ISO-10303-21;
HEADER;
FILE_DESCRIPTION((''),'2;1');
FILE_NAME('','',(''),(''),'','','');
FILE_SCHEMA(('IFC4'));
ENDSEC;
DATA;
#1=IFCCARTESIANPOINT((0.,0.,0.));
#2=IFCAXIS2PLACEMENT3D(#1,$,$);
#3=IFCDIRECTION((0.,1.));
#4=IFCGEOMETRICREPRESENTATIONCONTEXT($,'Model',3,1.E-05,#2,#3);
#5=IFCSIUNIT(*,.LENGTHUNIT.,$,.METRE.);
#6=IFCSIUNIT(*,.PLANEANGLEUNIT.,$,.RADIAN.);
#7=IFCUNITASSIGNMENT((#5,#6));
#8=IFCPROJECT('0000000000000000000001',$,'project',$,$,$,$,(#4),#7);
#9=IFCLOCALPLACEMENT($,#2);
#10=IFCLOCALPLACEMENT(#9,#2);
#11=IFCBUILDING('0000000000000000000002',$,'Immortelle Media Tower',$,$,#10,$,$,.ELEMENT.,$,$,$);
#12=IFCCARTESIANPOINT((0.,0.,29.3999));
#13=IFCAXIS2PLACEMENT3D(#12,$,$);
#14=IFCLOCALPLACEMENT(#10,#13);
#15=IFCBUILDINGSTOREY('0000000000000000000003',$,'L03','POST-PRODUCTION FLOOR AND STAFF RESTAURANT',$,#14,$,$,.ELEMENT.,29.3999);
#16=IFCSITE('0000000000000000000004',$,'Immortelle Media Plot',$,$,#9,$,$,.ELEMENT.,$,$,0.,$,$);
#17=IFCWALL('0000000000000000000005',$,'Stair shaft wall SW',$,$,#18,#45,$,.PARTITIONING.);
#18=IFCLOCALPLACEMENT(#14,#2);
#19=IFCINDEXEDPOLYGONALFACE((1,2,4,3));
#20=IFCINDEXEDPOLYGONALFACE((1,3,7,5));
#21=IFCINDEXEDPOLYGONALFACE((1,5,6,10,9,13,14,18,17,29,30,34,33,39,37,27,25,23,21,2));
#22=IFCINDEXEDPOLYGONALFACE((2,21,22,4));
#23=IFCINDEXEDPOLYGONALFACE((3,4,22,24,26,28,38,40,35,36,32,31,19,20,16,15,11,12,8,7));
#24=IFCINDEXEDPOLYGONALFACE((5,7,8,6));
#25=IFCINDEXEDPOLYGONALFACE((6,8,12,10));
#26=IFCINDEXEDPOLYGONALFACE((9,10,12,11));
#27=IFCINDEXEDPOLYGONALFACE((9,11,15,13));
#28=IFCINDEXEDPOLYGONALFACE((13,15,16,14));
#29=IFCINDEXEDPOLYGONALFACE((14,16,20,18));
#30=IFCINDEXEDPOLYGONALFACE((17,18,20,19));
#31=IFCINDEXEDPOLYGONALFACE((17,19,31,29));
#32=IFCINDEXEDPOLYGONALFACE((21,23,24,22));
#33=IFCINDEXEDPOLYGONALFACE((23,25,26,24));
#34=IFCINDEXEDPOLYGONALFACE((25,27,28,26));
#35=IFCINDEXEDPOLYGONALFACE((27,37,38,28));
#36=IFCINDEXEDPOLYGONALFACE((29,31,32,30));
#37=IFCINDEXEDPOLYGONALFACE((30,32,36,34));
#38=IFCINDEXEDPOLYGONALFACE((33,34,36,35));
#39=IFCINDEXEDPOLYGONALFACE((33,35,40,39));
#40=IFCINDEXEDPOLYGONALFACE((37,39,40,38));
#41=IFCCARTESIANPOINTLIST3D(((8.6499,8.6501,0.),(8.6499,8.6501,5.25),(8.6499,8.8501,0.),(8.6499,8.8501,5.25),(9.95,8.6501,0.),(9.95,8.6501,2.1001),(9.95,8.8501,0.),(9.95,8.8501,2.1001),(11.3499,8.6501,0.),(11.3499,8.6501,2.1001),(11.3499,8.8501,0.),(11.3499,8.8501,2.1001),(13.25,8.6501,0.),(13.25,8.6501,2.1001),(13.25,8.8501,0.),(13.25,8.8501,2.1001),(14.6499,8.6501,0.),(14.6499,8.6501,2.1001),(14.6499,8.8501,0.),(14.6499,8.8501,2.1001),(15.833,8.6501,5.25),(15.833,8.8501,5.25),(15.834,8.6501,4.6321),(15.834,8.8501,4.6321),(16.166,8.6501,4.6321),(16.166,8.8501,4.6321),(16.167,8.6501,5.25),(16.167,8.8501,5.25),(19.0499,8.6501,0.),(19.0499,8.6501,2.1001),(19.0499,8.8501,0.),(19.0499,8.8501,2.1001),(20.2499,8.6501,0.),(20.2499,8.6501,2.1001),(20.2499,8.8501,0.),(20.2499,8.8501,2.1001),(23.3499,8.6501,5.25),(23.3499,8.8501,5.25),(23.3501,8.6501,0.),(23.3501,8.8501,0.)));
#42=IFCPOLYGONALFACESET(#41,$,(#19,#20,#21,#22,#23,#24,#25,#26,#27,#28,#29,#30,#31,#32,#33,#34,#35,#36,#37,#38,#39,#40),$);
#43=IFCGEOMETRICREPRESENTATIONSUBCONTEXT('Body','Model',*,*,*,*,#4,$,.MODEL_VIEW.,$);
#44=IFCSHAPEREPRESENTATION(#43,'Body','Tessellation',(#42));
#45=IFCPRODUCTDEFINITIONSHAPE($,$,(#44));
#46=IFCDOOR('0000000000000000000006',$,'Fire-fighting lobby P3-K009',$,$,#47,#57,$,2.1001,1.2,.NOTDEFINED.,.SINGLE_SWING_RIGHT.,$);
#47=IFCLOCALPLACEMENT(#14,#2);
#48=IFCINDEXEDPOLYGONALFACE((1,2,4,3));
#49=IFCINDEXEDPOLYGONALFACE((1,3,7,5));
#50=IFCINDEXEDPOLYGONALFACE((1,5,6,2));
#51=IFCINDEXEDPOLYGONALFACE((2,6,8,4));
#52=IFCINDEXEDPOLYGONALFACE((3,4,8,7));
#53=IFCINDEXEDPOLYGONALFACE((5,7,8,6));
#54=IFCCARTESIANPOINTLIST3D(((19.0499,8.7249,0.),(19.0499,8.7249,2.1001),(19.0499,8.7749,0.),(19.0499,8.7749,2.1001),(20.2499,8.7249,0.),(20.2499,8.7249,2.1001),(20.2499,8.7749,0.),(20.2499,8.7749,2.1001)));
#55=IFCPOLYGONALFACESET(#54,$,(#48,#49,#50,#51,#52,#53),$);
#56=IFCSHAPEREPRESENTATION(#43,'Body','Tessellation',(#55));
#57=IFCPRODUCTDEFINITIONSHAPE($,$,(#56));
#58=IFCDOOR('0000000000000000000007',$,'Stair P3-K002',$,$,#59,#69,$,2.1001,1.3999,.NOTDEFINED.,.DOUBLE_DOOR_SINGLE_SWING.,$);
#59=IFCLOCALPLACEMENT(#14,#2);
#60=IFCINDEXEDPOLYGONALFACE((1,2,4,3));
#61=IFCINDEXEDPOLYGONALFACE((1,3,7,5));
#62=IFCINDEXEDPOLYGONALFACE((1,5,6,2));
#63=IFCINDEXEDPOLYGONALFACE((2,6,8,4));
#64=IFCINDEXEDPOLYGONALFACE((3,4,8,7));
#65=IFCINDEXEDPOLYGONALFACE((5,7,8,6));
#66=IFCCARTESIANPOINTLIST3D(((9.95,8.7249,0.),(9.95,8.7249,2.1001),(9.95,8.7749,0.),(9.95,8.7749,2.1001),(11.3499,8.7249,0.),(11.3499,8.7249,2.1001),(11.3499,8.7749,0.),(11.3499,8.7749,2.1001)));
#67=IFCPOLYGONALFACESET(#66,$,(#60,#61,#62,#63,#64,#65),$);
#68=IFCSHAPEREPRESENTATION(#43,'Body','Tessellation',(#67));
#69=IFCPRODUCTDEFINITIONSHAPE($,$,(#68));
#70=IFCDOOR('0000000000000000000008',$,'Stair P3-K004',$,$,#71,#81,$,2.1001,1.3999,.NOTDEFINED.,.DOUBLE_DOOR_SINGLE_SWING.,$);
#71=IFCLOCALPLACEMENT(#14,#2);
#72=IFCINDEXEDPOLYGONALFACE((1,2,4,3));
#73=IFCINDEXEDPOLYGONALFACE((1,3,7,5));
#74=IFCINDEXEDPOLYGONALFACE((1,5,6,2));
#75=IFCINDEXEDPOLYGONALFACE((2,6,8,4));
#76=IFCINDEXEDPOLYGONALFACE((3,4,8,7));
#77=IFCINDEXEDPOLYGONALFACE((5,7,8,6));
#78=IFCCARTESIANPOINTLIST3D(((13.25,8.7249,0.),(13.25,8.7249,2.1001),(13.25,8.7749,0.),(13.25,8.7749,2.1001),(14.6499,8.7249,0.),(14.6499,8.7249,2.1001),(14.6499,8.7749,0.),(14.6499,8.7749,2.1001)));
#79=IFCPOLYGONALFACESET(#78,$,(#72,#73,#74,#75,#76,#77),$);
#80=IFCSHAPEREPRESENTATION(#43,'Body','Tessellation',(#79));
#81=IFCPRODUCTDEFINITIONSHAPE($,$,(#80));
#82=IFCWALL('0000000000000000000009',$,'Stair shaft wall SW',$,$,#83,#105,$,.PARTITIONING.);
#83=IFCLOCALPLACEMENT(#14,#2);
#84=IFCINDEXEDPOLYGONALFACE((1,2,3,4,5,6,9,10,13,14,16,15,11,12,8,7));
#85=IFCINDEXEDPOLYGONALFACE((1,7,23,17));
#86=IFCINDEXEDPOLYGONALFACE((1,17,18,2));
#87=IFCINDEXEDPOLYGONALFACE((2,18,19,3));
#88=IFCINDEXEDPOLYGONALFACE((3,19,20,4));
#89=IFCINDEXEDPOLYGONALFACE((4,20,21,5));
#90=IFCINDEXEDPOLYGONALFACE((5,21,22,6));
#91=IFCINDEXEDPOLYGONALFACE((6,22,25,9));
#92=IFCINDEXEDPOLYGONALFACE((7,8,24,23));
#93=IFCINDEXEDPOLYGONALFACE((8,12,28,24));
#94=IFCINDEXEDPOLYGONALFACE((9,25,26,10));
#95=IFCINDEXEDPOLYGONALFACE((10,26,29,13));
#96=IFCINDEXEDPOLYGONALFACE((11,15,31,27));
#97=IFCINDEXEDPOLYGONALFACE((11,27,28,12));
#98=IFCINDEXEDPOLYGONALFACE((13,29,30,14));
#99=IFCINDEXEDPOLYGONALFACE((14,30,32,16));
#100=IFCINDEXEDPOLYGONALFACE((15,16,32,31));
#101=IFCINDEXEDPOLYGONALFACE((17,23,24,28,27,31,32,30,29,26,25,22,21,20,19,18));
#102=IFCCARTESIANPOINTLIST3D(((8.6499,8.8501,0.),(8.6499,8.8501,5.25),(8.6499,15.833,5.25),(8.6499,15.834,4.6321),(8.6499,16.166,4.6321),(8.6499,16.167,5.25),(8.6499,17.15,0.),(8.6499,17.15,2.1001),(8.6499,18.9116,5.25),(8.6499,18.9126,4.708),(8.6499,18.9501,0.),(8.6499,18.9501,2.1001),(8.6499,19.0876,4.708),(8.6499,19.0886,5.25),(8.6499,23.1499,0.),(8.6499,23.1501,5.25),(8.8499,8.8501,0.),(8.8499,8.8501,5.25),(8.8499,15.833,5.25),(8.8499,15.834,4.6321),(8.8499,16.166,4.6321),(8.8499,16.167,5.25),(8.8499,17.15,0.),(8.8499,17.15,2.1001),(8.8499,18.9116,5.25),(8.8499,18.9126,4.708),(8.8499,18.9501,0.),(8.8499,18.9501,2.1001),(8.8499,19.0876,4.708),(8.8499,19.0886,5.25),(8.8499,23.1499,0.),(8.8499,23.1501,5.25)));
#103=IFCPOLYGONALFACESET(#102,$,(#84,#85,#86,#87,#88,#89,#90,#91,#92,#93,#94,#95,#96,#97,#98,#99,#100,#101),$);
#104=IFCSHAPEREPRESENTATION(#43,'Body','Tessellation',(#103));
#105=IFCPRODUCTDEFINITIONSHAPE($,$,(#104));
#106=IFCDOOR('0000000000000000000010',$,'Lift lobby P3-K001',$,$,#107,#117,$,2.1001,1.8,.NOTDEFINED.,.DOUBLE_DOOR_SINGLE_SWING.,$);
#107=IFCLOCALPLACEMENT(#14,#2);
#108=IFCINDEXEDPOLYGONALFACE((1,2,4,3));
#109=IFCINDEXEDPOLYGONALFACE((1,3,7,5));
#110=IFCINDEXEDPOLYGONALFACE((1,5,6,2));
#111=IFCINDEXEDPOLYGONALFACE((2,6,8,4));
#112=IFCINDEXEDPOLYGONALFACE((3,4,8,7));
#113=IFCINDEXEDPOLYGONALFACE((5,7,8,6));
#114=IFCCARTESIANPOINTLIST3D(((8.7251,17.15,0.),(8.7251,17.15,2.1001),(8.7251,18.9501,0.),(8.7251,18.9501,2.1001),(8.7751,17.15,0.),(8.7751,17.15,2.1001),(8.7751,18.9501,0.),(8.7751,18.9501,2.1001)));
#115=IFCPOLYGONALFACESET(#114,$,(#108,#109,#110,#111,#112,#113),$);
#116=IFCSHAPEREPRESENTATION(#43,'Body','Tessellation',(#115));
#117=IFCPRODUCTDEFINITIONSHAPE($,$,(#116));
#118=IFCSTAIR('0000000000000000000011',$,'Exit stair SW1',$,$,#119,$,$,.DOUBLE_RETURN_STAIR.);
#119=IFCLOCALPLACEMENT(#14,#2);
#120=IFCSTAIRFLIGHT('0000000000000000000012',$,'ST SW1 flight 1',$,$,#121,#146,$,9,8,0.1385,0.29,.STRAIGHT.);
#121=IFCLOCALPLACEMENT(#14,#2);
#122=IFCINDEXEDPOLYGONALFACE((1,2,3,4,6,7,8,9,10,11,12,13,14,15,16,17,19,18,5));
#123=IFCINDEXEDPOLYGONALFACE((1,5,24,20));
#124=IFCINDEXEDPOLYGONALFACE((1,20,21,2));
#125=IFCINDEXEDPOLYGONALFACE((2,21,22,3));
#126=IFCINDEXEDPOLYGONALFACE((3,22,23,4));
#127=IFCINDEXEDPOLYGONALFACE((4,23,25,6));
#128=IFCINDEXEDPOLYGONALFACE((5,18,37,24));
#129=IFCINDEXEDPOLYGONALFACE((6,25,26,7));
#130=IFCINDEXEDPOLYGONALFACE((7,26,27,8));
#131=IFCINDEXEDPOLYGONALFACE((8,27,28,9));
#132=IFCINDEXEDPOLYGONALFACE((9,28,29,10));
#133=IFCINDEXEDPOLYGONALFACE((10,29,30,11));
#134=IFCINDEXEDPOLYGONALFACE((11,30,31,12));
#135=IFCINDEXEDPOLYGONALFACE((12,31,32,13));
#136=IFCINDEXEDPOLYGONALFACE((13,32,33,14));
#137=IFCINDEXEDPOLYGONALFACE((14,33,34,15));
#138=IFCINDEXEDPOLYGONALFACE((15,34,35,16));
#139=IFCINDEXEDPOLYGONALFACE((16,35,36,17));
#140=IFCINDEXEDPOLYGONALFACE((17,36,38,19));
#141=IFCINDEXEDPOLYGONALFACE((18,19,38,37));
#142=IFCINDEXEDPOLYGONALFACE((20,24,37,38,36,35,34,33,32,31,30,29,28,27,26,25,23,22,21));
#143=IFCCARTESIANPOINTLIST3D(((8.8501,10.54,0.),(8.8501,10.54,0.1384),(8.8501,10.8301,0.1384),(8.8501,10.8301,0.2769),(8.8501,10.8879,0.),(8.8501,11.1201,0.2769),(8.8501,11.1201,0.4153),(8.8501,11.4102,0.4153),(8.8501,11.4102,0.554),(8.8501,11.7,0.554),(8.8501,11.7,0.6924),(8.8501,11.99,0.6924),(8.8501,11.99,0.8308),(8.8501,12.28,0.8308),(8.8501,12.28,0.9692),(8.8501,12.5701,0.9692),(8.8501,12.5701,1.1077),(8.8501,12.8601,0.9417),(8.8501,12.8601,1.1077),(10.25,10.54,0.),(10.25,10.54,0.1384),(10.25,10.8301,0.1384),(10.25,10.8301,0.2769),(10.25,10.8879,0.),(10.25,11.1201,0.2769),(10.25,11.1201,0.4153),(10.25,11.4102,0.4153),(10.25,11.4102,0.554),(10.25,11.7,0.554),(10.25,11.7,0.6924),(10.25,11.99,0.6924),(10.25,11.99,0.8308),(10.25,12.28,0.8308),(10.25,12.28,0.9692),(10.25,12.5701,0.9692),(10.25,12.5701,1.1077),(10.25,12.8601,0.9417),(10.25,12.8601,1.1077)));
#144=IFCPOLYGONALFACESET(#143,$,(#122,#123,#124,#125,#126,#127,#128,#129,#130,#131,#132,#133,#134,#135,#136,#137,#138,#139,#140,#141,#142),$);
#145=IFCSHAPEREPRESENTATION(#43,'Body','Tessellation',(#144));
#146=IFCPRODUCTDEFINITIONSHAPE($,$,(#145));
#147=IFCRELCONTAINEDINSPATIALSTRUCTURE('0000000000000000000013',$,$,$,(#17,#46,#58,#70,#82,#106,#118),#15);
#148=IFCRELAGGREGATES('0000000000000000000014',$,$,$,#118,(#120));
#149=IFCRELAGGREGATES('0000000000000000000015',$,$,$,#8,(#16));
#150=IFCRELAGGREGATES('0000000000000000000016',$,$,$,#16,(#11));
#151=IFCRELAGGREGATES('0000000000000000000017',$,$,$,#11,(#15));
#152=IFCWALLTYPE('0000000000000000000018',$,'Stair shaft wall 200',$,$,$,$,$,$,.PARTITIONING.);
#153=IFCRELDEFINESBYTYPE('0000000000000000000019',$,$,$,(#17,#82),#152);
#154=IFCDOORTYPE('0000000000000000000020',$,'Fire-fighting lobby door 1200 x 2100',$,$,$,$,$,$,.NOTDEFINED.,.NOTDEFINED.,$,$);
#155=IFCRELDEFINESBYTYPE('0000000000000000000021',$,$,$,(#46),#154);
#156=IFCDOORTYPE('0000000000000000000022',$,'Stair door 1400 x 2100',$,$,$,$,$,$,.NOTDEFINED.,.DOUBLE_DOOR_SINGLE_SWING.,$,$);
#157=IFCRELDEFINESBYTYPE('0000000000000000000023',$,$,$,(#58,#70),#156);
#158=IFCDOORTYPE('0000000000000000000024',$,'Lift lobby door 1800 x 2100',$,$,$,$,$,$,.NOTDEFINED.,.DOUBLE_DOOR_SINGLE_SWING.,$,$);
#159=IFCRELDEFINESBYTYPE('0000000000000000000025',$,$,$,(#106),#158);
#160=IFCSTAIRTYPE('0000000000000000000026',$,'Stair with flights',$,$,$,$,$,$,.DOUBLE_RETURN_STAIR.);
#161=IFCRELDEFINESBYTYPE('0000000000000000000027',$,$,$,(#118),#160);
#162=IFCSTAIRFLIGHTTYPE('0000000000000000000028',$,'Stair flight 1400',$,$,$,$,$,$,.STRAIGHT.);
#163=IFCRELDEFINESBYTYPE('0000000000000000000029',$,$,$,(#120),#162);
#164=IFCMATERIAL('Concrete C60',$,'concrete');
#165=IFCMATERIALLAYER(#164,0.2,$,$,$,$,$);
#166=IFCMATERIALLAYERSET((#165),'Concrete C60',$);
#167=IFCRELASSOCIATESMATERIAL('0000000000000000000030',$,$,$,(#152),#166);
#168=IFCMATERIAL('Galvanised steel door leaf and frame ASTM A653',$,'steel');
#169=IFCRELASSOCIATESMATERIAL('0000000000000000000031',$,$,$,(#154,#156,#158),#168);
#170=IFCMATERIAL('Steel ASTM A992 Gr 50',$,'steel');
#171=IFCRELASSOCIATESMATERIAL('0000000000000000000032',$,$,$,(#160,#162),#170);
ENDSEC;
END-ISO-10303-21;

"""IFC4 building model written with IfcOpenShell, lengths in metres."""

from ifc_helpers import new_model, si_unit, direction, frame, frame_2d, origin, place, context, subcontext, project, spatial, polyline, rectangle, outline, extrude, material, layer, layer_set, type_object, element, fill, aggregate, save


model = new_model("IFC4")

# Units and contexts
model_context = context("Model", 3, precision=1e-05, world=origin(), true_north=direction((0.0, 1.0)))
body_context = subcontext(model_context, "Body", "Model", "MODEL_VIEW")
ifc_project = project(units=[si_unit("LENGTHUNIT", "METRE"), si_unit("PLANEANGLEUNIT", "RADIAN")], contexts=[model_context])

# Site, building, storey
site_placement = place(None, origin())
site = spatial("IfcSite", under=ifc_project, at=site_placement, Name="Immortelle Media Plot", CompositionType="ELEMENT", RefElevation=0.0)
building_placement = place(site_placement, origin())
building = spatial("IfcBuilding", under=site, at=building_placement, Name="Immortelle Media Tower", CompositionType="ELEMENT")
storey_placement = place(building_placement, frame((0.0, 0.0, 29.3999)))
storey = spatial("IfcBuildingStorey", under=building, at=storey_placement, Name="L03", Description="POST-PRODUCTION FLOOR AND STAFF RESTAURANT", CompositionType="ELEMENT", Elevation=29.3999)

# Shared definitions
ifc_material_1 = material(Name="Steel ASTM A992 Gr 50", Category="steel")

# Wall, openings, doors
ifc_material_2 = material(Name="Concrete C60", Category="concrete")
ifc_layer_1 = layer(ifc_material_2, 0.2)
ifc_layer_set_1 = layer_set([ifc_layer_1], Name="Concrete C60")
wall_type_1 = type_object("IfcWallType", Name="Stair shaft wall 200", PredefinedType="PARTITIONING", material=ifc_layer_set_1)
wall_1_placement = place(storey_placement, frame((8.6499, 8.75, 0.0), z_axis=(0.0, 0.0, 1.0), x_axis=(1.0, 0.0, 0.0)))
wall_1 = element("IfcWall", 1, at=wall_1_placement, inside=storey, type_object=wall_type_1, Name="Stair shaft wall SW", PredefinedType="PARTITIONING", context=body_context, shape_type="SweptSolid", body=[
    extrude(outline(polyline([(0.0, 0.0), (14.7002, 0.0), (14.7, 5.25), (7.5171, 5.25), (7.5161, 4.6321), (7.1841, 4.6321), (7.1831, 5.25), (0.0, 5.25), (0.0, 0.0)])), frame((0.0, 0.1001, 0.0), z_axis=(0.0, -1.0, 0.0), x_axis=(1.0, 0.0, 0.0)), (0.0, 0.0, 1.0), 0.2),
])
opening_1_placement = place(wall_1_placement, frame((1.3, 0.0, 0.0)))
opening_1 = element("IfcOpeningElement", 2, at=opening_1_placement, cuts=wall_1, PredefinedType="OPENING", context=body_context, shape_type="SweptSolid", body=[
    extrude(rectangle(XDim=1.3999, YDim=2.1001, at=frame_2d((0.7, 1.05))), frame((0.0, 0.1099, 0.0), z_axis=(0.0, -1.0, 0.0), x_axis=(1.0, 0.0, 0.0)), (0.0, 0.0, 1.0), 0.22),
])
opening_2_placement = place(wall_1_placement, frame((4.6001, 0.0, 0.0)))
opening_2 = element("IfcOpeningElement", 3, at=opening_2_placement, cuts=wall_1, PredefinedType="OPENING", context=body_context, shape_type="SweptSolid", body=[
    extrude(rectangle(XDim=1.3999, YDim=2.1001, at=frame_2d((0.7, 1.05))), frame((0.0, 0.1099, 0.0), z_axis=(0.0, -1.0, 0.0), x_axis=(1.0, 0.0, 0.0)), (0.0, 0.0, 1.0), 0.22),
])
opening_3_placement = place(wall_1_placement, frame((10.3999, 0.0, 0.0)))
opening_3 = element("IfcOpeningElement", 4, at=opening_3_placement, cuts=wall_1, PredefinedType="OPENING", context=body_context, shape_type="SweptSolid", body=[
    extrude(rectangle(XDim=1.2, YDim=2.1001, at=frame_2d((0.6001, 1.05))), frame((0.0, 0.1099, 0.0), z_axis=(0.0, -1.0, 0.0), x_axis=(1.0, 0.0, 0.0)), (0.0, 0.0, 1.0), 0.22),
])
ifc_material_3 = material(Name="Galvanised steel door leaf and frame ASTM A653", Category="steel")
door_type_1 = type_object("IfcDoorType", Name="Fire-fighting lobby door 1200 x 2100", OperationType="NOTDEFINED", PredefinedType="NOTDEFINED", material=ifc_material_3)
door_1_placement = place(opening_3_placement, origin())
door_1 = element("IfcDoor", 5, at=door_1_placement, inside=storey, type_object=door_type_1, Name="Fire-fighting lobby P3-K009", OperationType="SINGLE_SWING_RIGHT", OverallHeight=2.1001, OverallWidth=1.2, PredefinedType="NOTDEFINED", context=body_context, shape_type="SweptSolid", body=[
    extrude(rectangle(XDim=1.2, YDim=2.1001, at=frame_2d((0.6001, 1.05))), frame((0.0, 0.0249, 0.0), z_axis=(0.0, -1.0, 0.0), x_axis=(1.0, 0.0, 0.0)), (0.0, 0.0, 1.0), 0.05),
])
fill(opening_3, door_1)
door_type_2 = type_object("IfcDoorType", Name="Stair door 1400 x 2100", OperationType="DOUBLE_DOOR_SINGLE_SWING", PredefinedType="NOTDEFINED", material=ifc_material_3)
door_2_placement = place(opening_1_placement, origin())
door_2 = element("IfcDoor", 6, at=door_2_placement, inside=storey, type_object=door_type_2, Name="Stair P3-K002", OperationType="DOUBLE_DOOR_SINGLE_SWING", OverallHeight=2.1001, OverallWidth=1.3999, PredefinedType="NOTDEFINED", context=body_context, shape_type="SweptSolid", body=[
    extrude(rectangle(XDim=1.3999, YDim=2.1001, at=frame_2d((0.7, 1.05))), frame((0.0, 0.0249, 0.0), z_axis=(0.0, -1.0, 0.0), x_axis=(1.0, 0.0, 0.0)), (0.0, 0.0, 1.0), 0.05),
])
fill(opening_1, door_2)
door_3_placement = place(opening_2_placement, origin())
door_3 = element("IfcDoor", 7, at=door_3_placement, inside=storey, type_object=door_type_2, Name="Stair P3-K004", OperationType="DOUBLE_DOOR_SINGLE_SWING", OverallHeight=2.1001, OverallWidth=1.3999, PredefinedType="NOTDEFINED", context=body_context, shape_type="SweptSolid", body=[
    extrude(rectangle(XDim=1.3999, YDim=2.1001, at=frame_2d((0.7, 1.05))), frame((0.0, 0.0249, 0.0), z_axis=(0.0, -1.0, 0.0), x_axis=(1.0, 0.0, 0.0)), (0.0, 0.0, 1.0), 0.05),
])
fill(opening_2, door_3)

# Wall, opening, door
wall_2_placement = place(storey_placement, frame((8.75, 8.8501, 0.0), z_axis=(0.0, 0.0, 1.0), x_axis=(0.0, 1.0, 0.0)))
wall_2 = element("IfcWall", 8, at=wall_2_placement, inside=storey, type_object=wall_type_1, Name="Stair shaft wall SW", PredefinedType="PARTITIONING", context=body_context, shape_type="SweptSolid", body=[
    extrude(outline(polyline([(0.0, 0.0), (14.2998, 0.0), (14.3, 5.25), (10.2385, 5.25), (10.2375, 4.708), (10.0625, 4.708), (10.0615, 5.25), (7.3169, 5.25), (7.3159, 4.6321), (6.9839, 4.6321), (6.9829, 5.25), (0.0, 5.25), (0.0, 0.0)])), frame((0.0, 0.1001, 0.0), z_axis=(0.0, -1.0, 0.0), x_axis=(1.0, 0.0, 0.0)), (0.0, 0.0, 1.0), 0.2),
])
opening_4_placement = place(wall_2_placement, frame((8.3, 0.0, 0.0)))
opening_4 = element("IfcOpeningElement", 9, at=opening_4_placement, cuts=wall_2, PredefinedType="OPENING", context=body_context, shape_type="SweptSolid", body=[
    extrude(rectangle(XDim=1.8, YDim=2.1001, at=frame_2d((0.8999, 1.05))), frame((0.0, 0.1099, 0.0), z_axis=(0.0, -1.0, 0.0), x_axis=(1.0, 0.0, 0.0)), (0.0, 0.0, 1.0), 0.22),
])
door_type_3 = type_object("IfcDoorType", Name="Lift lobby door 1800 x 2100", OperationType="DOUBLE_DOOR_SINGLE_SWING", PredefinedType="NOTDEFINED", material=ifc_material_3)
door_4_placement = place(opening_4_placement, origin())
door_4 = element("IfcDoor", 10, at=door_4_placement, inside=storey, type_object=door_type_3, Name="Lift lobby P3-K001", OperationType="DOUBLE_DOOR_SINGLE_SWING", OverallHeight=2.1001, OverallWidth=1.8, PredefinedType="NOTDEFINED", context=body_context, shape_type="SweptSolid", body=[
    extrude(rectangle(XDim=1.8, YDim=2.1001, at=frame_2d((0.8999, 1.05))), frame((0.0, 0.0249, 0.0), z_axis=(0.0, -1.0, 0.0), x_axis=(1.0, 0.0, 0.0)), (0.0, 0.0, 1.0), 0.05),
])
fill(opening_4, door_4)

# Stair, stair flight
stair_type = type_object("IfcStairType", Name="Stair with flights", PredefinedType="DOUBLE_RETURN_STAIR", material=ifc_material_1)
stair_placement = place(storey_placement, origin())
stair = element("IfcStair", 11, at=stair_placement, inside=storey, type_object=stair_type, Name="Exit stair SW1", PredefinedType="DOUBLE_RETURN_STAIR")
stair_flight_type = type_object("IfcStairFlightType", Name="Stair flight 1400", PredefinedType="STRAIGHT", material=ifc_material_1)
stair_flight_1_placement = place(storey_placement, frame((9.55, 10.54, 0.0), z_axis=(0.0, 0.0, 1.0), x_axis=(0.0, 1.0, 0.0)))
stair_flight_1 = element("IfcStairFlight", 12, at=stair_flight_1_placement, type_object=stair_flight_type, Name="ST SW1 flight 1", NumberOfRisers=9, NumberOfTreads=8, PredefinedType="STRAIGHT", RiserHeight=0.1385, TreadLength=0.29, context=body_context, shape_type="SweptSolid", body=[
    extrude(outline(polyline([(0.0, 0.0), (0.0, 0.1384), (0.29, 0.1384), (0.29, 0.2769), (0.5801, 0.2769), (0.5801, 0.4153), (0.8701, 0.4153), (0.8701, 0.554), (1.1599, 0.554), (1.1599, 0.6924), (1.45, 0.6924), (1.45, 0.8308), (1.74, 0.8308), (1.74, 0.9692), (2.03, 0.9692), (2.03, 1.1077), (2.3201, 1.1077), (2.3201, 1.2461), (2.3201, 0.9417), (0.3479, 0.0), (0.0, 0.0)])), frame((0.0, 0.7, 0.0), z_axis=(0.0, -1.0, 0.0), x_axis=(1.0, 0.0, 0.0)), (0.0, 0.0, 1.0), 1.3999),
])
aggregate(stair, [stair_flight_1])

save(model, "model.ifc")
